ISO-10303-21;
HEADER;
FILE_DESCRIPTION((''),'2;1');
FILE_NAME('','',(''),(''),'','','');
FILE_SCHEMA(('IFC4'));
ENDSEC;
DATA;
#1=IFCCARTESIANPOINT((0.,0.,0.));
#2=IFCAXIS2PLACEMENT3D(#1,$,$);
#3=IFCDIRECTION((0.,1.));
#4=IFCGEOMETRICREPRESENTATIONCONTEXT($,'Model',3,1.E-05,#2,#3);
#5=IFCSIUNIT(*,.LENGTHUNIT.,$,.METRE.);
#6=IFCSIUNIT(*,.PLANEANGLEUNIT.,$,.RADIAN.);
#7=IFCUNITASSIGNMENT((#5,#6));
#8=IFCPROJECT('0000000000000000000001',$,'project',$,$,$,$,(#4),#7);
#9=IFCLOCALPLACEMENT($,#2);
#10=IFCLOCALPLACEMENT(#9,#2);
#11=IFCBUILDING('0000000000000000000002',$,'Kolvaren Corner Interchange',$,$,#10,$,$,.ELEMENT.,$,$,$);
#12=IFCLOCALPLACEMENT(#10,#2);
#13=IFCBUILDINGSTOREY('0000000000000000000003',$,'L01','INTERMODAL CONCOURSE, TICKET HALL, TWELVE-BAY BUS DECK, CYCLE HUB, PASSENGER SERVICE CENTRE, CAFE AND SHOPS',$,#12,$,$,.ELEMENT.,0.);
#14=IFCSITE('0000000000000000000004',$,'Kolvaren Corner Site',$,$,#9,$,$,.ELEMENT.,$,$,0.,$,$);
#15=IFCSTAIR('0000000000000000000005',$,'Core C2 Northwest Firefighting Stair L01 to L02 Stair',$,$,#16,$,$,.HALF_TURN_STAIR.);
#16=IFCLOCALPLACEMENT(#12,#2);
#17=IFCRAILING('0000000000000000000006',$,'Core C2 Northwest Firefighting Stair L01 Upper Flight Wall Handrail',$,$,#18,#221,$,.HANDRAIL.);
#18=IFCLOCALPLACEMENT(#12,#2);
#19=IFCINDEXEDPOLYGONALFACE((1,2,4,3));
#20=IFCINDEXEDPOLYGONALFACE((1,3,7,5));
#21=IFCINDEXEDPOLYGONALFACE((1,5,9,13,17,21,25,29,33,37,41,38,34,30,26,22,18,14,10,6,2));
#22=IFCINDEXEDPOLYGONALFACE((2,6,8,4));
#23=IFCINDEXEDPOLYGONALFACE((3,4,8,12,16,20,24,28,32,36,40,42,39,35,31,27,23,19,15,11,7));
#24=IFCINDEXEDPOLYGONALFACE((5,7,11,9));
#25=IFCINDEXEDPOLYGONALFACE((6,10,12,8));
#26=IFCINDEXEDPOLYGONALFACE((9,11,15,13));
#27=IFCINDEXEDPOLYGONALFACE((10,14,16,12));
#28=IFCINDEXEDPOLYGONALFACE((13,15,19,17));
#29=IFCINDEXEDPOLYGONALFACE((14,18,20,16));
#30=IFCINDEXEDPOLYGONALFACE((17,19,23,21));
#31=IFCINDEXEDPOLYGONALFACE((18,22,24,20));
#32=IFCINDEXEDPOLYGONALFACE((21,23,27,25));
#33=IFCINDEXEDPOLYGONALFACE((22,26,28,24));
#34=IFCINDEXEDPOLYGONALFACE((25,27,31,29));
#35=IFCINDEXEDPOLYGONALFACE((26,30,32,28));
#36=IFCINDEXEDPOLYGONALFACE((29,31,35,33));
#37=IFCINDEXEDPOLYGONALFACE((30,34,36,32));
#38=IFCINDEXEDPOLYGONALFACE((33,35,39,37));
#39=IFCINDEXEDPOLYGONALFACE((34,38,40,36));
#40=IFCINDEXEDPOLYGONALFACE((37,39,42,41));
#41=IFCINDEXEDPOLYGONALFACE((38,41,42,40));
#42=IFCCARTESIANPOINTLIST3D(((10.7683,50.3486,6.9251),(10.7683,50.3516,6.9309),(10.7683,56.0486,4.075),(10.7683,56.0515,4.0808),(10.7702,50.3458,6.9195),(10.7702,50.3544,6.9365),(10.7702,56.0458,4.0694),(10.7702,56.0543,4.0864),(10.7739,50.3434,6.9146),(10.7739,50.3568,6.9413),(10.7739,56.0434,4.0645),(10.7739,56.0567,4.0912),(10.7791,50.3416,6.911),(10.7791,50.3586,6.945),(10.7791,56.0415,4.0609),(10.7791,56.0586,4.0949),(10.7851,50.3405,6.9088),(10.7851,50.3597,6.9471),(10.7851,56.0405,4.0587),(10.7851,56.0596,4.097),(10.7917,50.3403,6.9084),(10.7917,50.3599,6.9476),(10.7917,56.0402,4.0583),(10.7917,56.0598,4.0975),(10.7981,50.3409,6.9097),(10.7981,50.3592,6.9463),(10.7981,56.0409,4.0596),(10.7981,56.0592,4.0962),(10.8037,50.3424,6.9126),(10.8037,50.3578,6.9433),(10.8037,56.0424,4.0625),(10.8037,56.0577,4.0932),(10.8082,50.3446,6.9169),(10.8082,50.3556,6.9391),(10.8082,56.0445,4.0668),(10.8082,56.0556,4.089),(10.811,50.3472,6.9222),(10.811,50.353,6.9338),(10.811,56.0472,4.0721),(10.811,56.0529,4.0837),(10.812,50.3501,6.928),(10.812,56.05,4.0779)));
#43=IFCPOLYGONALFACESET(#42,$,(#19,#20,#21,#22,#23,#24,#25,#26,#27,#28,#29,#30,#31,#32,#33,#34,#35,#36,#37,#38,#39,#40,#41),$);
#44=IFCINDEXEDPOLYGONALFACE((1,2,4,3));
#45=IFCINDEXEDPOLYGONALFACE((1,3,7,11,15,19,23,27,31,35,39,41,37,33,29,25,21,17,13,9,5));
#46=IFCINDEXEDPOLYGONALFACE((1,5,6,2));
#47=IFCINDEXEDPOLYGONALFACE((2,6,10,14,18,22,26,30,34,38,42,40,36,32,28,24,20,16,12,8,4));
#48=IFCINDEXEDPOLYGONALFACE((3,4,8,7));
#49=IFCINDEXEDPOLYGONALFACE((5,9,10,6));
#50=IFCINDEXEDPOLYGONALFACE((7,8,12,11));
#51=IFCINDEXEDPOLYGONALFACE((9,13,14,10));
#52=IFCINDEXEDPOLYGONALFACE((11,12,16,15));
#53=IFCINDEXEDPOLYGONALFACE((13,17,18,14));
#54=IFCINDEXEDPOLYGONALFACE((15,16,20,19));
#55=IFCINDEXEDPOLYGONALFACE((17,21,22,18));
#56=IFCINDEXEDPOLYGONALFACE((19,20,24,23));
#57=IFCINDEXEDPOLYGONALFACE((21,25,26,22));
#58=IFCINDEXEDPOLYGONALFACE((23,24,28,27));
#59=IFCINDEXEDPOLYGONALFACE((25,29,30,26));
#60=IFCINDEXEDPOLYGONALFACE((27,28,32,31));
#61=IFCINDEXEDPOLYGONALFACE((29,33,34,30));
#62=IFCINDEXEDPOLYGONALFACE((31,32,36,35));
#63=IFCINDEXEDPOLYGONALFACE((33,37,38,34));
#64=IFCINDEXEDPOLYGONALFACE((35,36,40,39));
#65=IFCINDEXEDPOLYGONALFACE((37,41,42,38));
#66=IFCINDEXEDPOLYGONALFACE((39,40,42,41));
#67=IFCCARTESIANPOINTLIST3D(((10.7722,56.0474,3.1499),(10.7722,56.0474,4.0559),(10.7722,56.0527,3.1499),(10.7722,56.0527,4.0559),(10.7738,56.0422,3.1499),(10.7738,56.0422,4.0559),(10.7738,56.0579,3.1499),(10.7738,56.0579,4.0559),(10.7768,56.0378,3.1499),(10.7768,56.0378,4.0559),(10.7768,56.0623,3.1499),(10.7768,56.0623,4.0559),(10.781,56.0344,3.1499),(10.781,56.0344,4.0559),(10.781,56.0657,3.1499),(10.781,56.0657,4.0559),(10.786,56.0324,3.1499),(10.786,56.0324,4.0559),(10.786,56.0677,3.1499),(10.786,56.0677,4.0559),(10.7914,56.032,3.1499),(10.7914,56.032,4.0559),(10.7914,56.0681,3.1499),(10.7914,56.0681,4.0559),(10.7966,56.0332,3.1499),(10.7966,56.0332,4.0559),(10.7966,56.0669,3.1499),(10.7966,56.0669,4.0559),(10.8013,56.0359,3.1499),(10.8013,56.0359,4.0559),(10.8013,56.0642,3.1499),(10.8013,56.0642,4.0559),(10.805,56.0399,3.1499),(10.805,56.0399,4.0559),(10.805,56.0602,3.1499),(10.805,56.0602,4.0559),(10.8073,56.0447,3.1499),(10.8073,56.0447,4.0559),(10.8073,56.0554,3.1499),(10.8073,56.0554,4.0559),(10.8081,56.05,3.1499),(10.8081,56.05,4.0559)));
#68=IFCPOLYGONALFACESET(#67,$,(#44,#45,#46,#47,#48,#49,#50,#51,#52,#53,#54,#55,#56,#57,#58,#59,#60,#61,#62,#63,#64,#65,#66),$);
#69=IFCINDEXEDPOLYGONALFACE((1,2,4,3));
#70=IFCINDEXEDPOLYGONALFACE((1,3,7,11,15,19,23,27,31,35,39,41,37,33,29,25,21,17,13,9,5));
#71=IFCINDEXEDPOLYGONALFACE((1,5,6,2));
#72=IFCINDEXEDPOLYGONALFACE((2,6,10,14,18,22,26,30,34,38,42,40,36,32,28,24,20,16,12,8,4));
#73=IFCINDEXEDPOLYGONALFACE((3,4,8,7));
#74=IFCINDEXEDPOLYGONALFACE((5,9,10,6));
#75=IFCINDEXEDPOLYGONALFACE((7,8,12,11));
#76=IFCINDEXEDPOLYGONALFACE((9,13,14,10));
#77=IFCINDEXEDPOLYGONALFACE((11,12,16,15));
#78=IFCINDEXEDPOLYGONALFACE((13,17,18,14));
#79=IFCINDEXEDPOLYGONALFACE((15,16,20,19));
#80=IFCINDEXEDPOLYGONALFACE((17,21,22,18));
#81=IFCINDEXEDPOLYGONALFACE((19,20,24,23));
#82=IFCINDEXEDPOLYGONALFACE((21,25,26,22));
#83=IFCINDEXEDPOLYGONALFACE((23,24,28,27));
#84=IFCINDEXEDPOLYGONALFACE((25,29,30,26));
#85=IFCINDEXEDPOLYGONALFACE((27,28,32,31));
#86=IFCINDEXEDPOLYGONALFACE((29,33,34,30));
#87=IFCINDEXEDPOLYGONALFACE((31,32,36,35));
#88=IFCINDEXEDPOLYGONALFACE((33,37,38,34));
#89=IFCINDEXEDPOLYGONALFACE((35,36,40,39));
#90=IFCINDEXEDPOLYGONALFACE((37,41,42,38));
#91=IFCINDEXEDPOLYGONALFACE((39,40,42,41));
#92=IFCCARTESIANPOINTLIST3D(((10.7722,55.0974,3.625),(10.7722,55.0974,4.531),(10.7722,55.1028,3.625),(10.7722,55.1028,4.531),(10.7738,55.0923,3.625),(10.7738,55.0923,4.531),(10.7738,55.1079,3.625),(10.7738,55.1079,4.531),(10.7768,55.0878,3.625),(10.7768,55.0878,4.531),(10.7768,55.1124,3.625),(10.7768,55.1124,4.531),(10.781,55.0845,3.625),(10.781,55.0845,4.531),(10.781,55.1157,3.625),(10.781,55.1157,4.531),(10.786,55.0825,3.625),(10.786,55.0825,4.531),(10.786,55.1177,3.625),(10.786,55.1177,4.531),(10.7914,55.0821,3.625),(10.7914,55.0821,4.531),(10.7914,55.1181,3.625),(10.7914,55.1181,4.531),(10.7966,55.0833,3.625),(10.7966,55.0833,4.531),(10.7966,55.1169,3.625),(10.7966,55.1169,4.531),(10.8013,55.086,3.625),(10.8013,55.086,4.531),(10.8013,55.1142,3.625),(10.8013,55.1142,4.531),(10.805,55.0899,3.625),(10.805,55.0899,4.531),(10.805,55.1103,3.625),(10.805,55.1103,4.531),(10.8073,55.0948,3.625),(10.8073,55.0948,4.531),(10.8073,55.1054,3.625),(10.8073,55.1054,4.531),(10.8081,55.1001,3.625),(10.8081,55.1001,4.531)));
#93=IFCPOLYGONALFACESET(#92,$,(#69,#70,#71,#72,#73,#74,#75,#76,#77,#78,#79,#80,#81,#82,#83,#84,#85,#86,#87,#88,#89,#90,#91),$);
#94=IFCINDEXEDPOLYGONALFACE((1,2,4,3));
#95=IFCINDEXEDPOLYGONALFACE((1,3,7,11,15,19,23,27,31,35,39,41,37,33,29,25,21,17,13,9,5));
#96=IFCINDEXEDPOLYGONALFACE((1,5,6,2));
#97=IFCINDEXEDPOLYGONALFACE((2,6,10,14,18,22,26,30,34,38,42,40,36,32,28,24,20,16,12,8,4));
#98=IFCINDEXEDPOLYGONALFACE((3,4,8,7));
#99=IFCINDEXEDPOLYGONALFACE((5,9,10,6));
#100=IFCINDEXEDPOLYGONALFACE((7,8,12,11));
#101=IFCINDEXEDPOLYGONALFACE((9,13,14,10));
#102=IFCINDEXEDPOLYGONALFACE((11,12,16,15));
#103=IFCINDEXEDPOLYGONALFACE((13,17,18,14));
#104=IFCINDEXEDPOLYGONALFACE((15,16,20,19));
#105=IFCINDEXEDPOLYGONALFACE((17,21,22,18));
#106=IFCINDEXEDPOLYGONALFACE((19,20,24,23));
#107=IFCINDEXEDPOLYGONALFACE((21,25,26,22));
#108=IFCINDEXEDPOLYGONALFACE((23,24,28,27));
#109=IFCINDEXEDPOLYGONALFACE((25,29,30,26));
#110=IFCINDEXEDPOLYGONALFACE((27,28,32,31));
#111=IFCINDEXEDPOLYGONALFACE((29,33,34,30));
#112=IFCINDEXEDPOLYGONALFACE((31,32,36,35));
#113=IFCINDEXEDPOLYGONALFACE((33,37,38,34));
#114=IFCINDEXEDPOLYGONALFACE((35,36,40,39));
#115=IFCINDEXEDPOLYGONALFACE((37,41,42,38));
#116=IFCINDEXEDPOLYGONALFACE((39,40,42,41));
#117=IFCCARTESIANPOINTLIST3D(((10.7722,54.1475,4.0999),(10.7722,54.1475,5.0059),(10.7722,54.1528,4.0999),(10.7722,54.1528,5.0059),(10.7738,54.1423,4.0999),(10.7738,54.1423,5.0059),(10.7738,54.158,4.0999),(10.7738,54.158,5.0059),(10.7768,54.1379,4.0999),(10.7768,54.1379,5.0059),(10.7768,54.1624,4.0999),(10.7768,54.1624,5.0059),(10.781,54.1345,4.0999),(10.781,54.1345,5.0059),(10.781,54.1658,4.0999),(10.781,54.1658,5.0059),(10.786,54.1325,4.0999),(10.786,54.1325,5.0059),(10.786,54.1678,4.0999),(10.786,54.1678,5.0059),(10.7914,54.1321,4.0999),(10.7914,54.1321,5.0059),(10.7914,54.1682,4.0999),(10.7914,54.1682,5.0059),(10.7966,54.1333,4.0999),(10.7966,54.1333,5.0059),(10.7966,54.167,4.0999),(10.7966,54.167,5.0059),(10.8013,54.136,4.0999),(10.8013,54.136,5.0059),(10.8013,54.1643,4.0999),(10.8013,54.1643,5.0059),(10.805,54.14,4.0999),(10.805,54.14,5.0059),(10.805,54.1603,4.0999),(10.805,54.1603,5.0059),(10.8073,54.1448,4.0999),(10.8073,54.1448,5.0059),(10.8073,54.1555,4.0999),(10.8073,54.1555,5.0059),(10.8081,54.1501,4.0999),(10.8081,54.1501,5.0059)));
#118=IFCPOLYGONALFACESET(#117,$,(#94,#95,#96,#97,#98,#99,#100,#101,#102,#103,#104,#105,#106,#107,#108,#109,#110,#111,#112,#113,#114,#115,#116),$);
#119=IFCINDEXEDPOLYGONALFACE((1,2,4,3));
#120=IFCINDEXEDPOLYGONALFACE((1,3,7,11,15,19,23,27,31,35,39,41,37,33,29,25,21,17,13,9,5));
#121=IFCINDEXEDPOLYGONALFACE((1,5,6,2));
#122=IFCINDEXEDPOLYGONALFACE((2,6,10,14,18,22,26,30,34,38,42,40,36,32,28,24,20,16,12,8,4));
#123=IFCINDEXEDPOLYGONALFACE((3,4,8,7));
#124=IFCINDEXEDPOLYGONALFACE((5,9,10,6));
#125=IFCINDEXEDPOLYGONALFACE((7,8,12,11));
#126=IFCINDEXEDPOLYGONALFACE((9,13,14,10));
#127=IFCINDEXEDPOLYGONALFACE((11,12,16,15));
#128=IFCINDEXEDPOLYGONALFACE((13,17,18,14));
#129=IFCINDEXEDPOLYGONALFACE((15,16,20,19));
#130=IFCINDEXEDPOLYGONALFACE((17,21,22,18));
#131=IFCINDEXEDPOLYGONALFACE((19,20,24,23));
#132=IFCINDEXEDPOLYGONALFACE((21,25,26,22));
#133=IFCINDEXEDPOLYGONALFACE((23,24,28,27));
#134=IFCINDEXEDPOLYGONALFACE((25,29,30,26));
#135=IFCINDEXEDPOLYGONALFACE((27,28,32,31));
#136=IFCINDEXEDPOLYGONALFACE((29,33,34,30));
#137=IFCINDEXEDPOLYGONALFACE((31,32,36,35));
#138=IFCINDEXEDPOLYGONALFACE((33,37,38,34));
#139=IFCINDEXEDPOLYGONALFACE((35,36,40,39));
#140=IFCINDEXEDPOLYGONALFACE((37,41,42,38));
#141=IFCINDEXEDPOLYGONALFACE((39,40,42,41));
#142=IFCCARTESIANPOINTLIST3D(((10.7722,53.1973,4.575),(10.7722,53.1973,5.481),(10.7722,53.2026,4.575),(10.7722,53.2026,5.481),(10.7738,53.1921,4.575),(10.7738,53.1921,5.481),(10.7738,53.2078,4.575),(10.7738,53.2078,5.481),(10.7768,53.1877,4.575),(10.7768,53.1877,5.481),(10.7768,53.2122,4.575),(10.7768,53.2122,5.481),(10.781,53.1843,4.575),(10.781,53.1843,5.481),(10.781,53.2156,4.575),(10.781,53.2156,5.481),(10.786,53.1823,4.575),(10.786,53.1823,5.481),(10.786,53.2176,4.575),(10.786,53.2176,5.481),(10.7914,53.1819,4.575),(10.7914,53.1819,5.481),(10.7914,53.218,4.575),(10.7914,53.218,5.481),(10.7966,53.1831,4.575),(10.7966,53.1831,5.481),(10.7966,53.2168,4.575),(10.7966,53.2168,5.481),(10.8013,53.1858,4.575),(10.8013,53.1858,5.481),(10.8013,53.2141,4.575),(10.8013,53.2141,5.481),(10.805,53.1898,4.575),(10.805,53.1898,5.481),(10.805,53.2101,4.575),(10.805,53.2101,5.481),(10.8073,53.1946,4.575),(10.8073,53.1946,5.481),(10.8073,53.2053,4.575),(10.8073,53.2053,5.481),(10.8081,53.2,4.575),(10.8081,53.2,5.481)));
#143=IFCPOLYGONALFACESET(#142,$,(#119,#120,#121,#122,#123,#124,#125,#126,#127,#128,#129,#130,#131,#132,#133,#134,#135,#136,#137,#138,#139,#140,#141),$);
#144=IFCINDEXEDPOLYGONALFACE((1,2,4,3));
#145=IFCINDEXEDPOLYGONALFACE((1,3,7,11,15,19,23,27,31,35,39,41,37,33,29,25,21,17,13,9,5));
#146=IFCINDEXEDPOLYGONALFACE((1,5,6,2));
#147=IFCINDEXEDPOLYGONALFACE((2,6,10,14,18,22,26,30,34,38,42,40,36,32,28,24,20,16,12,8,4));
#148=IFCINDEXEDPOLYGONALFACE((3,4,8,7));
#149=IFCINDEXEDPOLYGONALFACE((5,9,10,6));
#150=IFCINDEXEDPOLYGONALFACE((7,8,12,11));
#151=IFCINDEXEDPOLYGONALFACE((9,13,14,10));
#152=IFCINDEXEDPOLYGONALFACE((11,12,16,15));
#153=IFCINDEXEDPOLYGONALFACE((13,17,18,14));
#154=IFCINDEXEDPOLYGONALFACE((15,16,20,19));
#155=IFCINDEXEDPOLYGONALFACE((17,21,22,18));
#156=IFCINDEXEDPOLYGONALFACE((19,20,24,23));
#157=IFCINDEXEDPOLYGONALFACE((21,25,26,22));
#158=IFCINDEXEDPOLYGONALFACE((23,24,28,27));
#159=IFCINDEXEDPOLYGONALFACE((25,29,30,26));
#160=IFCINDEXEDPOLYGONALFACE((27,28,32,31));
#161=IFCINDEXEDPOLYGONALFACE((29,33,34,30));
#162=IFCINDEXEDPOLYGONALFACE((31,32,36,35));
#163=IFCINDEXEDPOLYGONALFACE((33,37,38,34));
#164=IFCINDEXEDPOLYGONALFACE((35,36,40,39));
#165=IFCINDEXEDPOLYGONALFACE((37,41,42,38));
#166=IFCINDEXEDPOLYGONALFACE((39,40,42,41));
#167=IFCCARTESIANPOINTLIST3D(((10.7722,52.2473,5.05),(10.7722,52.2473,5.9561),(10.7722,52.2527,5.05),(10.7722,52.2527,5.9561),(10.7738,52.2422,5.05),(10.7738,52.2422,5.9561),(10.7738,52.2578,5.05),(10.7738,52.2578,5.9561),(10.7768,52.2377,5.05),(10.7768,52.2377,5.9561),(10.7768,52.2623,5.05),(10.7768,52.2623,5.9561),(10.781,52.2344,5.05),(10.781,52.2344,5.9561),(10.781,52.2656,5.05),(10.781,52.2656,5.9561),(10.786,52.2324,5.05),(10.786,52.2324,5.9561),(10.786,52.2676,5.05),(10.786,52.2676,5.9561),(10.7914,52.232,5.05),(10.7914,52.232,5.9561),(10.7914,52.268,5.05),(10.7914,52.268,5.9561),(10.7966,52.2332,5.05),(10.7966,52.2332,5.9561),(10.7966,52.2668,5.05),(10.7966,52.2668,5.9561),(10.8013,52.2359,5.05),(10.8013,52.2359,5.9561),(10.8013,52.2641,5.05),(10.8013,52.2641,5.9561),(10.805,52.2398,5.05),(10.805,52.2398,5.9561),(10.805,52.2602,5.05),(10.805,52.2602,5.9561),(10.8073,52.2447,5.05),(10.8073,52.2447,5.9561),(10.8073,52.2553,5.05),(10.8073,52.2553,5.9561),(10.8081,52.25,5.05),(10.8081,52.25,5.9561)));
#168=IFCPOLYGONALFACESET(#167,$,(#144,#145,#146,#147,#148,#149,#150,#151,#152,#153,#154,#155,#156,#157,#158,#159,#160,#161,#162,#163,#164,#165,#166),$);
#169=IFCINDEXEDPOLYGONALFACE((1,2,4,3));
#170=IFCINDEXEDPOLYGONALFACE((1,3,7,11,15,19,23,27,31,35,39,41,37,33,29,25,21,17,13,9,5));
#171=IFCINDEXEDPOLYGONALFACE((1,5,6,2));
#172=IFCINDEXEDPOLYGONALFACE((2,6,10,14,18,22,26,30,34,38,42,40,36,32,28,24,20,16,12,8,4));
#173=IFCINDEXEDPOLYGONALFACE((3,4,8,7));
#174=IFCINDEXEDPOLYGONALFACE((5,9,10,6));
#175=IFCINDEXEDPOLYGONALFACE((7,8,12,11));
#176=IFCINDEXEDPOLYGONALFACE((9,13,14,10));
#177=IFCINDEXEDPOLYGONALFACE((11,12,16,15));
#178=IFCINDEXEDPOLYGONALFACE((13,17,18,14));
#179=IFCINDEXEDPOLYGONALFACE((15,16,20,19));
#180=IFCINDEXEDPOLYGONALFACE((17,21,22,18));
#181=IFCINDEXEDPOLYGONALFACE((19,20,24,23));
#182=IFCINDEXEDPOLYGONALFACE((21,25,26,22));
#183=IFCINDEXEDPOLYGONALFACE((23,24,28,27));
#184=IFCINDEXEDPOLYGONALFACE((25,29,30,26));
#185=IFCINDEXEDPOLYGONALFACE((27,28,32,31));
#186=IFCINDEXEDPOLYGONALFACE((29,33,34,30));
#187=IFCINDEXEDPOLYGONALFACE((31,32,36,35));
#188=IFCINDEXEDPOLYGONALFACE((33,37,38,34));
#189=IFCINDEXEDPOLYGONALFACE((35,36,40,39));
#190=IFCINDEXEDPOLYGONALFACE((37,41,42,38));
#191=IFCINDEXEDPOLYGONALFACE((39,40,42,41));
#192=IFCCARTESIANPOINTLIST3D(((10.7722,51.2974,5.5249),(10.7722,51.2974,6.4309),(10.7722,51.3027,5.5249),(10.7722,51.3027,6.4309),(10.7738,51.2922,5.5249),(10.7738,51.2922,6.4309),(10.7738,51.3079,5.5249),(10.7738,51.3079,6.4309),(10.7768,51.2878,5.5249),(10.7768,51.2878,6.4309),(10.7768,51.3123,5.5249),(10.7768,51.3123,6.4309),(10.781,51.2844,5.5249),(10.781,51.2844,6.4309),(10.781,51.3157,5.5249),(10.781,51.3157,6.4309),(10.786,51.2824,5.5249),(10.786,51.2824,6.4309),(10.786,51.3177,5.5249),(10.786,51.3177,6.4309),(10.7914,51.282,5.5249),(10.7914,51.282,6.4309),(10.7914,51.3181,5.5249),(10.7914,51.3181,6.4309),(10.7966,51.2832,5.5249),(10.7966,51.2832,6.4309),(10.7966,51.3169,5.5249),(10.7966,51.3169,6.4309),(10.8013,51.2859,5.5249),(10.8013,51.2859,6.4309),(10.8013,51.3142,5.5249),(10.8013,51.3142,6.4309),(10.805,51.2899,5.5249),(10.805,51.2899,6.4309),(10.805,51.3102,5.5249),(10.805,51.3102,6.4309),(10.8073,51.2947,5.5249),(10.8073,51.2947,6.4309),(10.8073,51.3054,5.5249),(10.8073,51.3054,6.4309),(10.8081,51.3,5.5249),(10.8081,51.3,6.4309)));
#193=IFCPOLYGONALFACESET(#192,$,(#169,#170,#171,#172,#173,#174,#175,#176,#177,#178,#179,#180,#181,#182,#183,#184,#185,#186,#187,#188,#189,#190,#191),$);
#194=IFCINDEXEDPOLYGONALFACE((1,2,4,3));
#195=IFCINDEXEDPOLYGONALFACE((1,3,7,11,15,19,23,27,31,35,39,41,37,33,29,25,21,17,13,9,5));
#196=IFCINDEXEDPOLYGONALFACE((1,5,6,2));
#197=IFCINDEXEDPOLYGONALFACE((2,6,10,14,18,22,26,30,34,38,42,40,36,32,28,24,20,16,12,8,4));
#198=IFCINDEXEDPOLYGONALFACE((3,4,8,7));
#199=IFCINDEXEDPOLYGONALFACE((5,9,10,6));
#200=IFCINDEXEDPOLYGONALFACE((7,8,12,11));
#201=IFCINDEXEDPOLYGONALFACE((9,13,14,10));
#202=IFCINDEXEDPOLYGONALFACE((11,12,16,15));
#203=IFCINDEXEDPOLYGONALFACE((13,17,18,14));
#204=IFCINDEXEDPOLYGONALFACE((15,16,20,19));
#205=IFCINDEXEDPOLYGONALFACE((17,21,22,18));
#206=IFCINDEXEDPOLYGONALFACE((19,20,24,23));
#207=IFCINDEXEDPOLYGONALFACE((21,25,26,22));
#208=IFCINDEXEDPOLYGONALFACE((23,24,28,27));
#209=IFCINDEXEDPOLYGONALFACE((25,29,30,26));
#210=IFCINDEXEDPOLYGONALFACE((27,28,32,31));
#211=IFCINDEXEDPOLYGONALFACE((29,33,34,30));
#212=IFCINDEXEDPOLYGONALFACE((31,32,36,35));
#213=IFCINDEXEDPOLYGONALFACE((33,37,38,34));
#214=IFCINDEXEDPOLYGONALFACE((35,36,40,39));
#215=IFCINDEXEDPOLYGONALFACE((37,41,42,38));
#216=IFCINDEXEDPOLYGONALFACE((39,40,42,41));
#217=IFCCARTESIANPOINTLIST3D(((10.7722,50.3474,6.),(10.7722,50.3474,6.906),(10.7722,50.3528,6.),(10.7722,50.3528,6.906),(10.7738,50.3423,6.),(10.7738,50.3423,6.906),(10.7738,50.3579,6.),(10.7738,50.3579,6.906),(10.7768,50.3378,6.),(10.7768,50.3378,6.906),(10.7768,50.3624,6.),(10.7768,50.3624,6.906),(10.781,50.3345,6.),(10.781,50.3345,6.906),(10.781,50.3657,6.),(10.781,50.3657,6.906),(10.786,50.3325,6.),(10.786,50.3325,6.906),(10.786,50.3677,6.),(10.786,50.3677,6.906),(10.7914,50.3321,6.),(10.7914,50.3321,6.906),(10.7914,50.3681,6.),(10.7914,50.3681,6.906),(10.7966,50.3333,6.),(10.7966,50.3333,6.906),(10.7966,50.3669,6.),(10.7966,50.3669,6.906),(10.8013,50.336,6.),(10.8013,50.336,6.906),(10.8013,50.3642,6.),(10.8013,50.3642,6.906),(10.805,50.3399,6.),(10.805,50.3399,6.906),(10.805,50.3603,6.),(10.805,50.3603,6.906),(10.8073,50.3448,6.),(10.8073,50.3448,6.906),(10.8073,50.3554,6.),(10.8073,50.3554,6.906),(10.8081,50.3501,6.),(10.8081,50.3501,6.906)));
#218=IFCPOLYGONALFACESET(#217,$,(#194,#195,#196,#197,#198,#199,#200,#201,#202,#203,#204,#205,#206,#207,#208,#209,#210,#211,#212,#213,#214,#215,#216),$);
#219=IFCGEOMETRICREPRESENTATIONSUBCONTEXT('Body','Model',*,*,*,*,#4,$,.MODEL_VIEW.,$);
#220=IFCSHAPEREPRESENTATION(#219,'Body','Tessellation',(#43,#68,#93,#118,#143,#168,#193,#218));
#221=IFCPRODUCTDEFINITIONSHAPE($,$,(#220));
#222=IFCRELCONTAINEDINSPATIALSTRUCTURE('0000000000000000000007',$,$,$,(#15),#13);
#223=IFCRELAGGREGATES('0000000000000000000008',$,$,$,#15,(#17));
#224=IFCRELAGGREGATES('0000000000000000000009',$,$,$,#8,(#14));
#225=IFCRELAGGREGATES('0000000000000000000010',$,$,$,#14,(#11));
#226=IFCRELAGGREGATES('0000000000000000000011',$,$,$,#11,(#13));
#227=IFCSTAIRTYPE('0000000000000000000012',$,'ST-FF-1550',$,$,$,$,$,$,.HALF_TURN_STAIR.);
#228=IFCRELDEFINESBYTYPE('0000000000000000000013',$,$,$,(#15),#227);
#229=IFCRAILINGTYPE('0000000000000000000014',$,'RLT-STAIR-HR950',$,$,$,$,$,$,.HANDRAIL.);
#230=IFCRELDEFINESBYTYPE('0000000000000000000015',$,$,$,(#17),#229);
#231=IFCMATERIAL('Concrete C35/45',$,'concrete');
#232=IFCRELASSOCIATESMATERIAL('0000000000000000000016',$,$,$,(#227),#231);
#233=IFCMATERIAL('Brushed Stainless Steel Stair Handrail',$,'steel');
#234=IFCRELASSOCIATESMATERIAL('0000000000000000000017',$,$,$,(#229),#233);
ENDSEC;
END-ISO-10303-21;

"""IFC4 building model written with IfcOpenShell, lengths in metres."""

from ifc_helpers import new_model, si_unit, direction, frame, origin, origin_2d, place, context, subcontext, project, spatial, circle, extrude, material, type_object, element, aggregate, save


model = new_model("IFC4")

# Units and contexts
model_context = context("Model", 3, precision=1e-05, world=origin(), true_north=direction((0.0, 1.0)))
body_context = subcontext(model_context, "Body", "Model", "MODEL_VIEW")
ifc_project = project(units=[si_unit("LENGTHUNIT", "METRE"), si_unit("PLANEANGLEUNIT", "RADIAN")], contexts=[model_context])

# Site, building, storey
site_placement = place(None, origin())
site = spatial("IfcSite", under=ifc_project, at=site_placement, Name="Kolvaren Corner Site", CompositionType="ELEMENT", RefElevation=0.0)
building_placement = place(site_placement, origin())
building = spatial("IfcBuilding", under=site, at=building_placement, Name="Kolvaren Corner Interchange", CompositionType="ELEMENT")
storey_placement = place(building_placement, origin())
storey = spatial("IfcBuildingStorey", under=building, at=storey_placement, Name="L01", Description="INTERMODAL CONCOURSE, TICKET HALL, TWELVE-BAY BUS DECK, CYCLE HUB, PASSENGER SERVICE CENTRE, CAFE AND SHOPS", CompositionType="ELEMENT", Elevation=0.0)

# Stair
ifc_material_1 = material(Name="Concrete C35/45", Category="concrete")
stair_type = type_object("IfcStairType", Name="ST-FF-1550", PredefinedType="HALF_TURN_STAIR", material=ifc_material_1)
stair_placement = place(storey_placement, origin())
stair = element("IfcStair", 1, at=stair_placement, inside=storey, type_object=stair_type, Name="Core C2 Northwest Firefighting Stair L01 to L02 Stair", PredefinedType="HALF_TURN_STAIR")

# Railing
ifc_material_2 = material(Name="Brushed Stainless Steel Stair Handrail", Category="steel")
railing_type_1 = type_object("IfcRailingType", Name="RLT-STAIR-HR950", PredefinedType="HANDRAIL", material=ifc_material_2)
railing_1_placement = place(storey_placement, frame((10.79, 56.05, 3.1499)))
railing_1 = element("IfcRailing", 2, at=railing_1_placement, type_object=railing_type_1, Name="Core C2 Northwest Firefighting Stair L01 Upper Flight Wall Handrail", PredefinedType="HANDRAIL", context=body_context, shape_type="SweptSolid", body=[
    extrude(circle(Radius=0.022, at=origin_2d()), frame((0.0, 0.0, 0.928), z_axis=(0.0, -0.89442, 0.447229), x_axis=(1.0, 0.0, 0.0)), (0.0, 0.0, 1.0), 6.3728),
    extrude(circle(Radius=0.0181, at=origin_2d()), origin(), (0.0, 0.0, 1.0), 0.906),
    extrude(circle(Radius=0.0181, at=origin_2d()), frame((0.0, -0.95, 0.4751)), (0.0, 0.0, 1.0), 0.906),
    extrude(circle(Radius=0.0181, at=origin_2d()), frame((0.0, -1.8999, 0.95)), (0.0, 0.0, 1.0), 0.906),
    extrude(circle(Radius=0.0181, at=origin_2d()), frame((0.0, -2.8501, 1.425)), (0.0, 0.0, 1.0), 0.906),
    extrude(circle(Radius=0.0181, at=origin_2d()), frame((0.0, -3.8, 1.9001)), (0.0, 0.0, 1.0), 0.906),
    extrude(circle(Radius=0.0181, at=origin_2d()), frame((0.0, -4.75, 2.375)), (0.0, 0.0, 1.0), 0.906),
    extrude(circle(Radius=0.0181, at=origin_2d()), frame((0.0, -5.7, 2.8501)), (0.0, 0.0, 1.0), 0.906),
])
aggregate(stair, [railing_1])

save(model, "model.ifc")
